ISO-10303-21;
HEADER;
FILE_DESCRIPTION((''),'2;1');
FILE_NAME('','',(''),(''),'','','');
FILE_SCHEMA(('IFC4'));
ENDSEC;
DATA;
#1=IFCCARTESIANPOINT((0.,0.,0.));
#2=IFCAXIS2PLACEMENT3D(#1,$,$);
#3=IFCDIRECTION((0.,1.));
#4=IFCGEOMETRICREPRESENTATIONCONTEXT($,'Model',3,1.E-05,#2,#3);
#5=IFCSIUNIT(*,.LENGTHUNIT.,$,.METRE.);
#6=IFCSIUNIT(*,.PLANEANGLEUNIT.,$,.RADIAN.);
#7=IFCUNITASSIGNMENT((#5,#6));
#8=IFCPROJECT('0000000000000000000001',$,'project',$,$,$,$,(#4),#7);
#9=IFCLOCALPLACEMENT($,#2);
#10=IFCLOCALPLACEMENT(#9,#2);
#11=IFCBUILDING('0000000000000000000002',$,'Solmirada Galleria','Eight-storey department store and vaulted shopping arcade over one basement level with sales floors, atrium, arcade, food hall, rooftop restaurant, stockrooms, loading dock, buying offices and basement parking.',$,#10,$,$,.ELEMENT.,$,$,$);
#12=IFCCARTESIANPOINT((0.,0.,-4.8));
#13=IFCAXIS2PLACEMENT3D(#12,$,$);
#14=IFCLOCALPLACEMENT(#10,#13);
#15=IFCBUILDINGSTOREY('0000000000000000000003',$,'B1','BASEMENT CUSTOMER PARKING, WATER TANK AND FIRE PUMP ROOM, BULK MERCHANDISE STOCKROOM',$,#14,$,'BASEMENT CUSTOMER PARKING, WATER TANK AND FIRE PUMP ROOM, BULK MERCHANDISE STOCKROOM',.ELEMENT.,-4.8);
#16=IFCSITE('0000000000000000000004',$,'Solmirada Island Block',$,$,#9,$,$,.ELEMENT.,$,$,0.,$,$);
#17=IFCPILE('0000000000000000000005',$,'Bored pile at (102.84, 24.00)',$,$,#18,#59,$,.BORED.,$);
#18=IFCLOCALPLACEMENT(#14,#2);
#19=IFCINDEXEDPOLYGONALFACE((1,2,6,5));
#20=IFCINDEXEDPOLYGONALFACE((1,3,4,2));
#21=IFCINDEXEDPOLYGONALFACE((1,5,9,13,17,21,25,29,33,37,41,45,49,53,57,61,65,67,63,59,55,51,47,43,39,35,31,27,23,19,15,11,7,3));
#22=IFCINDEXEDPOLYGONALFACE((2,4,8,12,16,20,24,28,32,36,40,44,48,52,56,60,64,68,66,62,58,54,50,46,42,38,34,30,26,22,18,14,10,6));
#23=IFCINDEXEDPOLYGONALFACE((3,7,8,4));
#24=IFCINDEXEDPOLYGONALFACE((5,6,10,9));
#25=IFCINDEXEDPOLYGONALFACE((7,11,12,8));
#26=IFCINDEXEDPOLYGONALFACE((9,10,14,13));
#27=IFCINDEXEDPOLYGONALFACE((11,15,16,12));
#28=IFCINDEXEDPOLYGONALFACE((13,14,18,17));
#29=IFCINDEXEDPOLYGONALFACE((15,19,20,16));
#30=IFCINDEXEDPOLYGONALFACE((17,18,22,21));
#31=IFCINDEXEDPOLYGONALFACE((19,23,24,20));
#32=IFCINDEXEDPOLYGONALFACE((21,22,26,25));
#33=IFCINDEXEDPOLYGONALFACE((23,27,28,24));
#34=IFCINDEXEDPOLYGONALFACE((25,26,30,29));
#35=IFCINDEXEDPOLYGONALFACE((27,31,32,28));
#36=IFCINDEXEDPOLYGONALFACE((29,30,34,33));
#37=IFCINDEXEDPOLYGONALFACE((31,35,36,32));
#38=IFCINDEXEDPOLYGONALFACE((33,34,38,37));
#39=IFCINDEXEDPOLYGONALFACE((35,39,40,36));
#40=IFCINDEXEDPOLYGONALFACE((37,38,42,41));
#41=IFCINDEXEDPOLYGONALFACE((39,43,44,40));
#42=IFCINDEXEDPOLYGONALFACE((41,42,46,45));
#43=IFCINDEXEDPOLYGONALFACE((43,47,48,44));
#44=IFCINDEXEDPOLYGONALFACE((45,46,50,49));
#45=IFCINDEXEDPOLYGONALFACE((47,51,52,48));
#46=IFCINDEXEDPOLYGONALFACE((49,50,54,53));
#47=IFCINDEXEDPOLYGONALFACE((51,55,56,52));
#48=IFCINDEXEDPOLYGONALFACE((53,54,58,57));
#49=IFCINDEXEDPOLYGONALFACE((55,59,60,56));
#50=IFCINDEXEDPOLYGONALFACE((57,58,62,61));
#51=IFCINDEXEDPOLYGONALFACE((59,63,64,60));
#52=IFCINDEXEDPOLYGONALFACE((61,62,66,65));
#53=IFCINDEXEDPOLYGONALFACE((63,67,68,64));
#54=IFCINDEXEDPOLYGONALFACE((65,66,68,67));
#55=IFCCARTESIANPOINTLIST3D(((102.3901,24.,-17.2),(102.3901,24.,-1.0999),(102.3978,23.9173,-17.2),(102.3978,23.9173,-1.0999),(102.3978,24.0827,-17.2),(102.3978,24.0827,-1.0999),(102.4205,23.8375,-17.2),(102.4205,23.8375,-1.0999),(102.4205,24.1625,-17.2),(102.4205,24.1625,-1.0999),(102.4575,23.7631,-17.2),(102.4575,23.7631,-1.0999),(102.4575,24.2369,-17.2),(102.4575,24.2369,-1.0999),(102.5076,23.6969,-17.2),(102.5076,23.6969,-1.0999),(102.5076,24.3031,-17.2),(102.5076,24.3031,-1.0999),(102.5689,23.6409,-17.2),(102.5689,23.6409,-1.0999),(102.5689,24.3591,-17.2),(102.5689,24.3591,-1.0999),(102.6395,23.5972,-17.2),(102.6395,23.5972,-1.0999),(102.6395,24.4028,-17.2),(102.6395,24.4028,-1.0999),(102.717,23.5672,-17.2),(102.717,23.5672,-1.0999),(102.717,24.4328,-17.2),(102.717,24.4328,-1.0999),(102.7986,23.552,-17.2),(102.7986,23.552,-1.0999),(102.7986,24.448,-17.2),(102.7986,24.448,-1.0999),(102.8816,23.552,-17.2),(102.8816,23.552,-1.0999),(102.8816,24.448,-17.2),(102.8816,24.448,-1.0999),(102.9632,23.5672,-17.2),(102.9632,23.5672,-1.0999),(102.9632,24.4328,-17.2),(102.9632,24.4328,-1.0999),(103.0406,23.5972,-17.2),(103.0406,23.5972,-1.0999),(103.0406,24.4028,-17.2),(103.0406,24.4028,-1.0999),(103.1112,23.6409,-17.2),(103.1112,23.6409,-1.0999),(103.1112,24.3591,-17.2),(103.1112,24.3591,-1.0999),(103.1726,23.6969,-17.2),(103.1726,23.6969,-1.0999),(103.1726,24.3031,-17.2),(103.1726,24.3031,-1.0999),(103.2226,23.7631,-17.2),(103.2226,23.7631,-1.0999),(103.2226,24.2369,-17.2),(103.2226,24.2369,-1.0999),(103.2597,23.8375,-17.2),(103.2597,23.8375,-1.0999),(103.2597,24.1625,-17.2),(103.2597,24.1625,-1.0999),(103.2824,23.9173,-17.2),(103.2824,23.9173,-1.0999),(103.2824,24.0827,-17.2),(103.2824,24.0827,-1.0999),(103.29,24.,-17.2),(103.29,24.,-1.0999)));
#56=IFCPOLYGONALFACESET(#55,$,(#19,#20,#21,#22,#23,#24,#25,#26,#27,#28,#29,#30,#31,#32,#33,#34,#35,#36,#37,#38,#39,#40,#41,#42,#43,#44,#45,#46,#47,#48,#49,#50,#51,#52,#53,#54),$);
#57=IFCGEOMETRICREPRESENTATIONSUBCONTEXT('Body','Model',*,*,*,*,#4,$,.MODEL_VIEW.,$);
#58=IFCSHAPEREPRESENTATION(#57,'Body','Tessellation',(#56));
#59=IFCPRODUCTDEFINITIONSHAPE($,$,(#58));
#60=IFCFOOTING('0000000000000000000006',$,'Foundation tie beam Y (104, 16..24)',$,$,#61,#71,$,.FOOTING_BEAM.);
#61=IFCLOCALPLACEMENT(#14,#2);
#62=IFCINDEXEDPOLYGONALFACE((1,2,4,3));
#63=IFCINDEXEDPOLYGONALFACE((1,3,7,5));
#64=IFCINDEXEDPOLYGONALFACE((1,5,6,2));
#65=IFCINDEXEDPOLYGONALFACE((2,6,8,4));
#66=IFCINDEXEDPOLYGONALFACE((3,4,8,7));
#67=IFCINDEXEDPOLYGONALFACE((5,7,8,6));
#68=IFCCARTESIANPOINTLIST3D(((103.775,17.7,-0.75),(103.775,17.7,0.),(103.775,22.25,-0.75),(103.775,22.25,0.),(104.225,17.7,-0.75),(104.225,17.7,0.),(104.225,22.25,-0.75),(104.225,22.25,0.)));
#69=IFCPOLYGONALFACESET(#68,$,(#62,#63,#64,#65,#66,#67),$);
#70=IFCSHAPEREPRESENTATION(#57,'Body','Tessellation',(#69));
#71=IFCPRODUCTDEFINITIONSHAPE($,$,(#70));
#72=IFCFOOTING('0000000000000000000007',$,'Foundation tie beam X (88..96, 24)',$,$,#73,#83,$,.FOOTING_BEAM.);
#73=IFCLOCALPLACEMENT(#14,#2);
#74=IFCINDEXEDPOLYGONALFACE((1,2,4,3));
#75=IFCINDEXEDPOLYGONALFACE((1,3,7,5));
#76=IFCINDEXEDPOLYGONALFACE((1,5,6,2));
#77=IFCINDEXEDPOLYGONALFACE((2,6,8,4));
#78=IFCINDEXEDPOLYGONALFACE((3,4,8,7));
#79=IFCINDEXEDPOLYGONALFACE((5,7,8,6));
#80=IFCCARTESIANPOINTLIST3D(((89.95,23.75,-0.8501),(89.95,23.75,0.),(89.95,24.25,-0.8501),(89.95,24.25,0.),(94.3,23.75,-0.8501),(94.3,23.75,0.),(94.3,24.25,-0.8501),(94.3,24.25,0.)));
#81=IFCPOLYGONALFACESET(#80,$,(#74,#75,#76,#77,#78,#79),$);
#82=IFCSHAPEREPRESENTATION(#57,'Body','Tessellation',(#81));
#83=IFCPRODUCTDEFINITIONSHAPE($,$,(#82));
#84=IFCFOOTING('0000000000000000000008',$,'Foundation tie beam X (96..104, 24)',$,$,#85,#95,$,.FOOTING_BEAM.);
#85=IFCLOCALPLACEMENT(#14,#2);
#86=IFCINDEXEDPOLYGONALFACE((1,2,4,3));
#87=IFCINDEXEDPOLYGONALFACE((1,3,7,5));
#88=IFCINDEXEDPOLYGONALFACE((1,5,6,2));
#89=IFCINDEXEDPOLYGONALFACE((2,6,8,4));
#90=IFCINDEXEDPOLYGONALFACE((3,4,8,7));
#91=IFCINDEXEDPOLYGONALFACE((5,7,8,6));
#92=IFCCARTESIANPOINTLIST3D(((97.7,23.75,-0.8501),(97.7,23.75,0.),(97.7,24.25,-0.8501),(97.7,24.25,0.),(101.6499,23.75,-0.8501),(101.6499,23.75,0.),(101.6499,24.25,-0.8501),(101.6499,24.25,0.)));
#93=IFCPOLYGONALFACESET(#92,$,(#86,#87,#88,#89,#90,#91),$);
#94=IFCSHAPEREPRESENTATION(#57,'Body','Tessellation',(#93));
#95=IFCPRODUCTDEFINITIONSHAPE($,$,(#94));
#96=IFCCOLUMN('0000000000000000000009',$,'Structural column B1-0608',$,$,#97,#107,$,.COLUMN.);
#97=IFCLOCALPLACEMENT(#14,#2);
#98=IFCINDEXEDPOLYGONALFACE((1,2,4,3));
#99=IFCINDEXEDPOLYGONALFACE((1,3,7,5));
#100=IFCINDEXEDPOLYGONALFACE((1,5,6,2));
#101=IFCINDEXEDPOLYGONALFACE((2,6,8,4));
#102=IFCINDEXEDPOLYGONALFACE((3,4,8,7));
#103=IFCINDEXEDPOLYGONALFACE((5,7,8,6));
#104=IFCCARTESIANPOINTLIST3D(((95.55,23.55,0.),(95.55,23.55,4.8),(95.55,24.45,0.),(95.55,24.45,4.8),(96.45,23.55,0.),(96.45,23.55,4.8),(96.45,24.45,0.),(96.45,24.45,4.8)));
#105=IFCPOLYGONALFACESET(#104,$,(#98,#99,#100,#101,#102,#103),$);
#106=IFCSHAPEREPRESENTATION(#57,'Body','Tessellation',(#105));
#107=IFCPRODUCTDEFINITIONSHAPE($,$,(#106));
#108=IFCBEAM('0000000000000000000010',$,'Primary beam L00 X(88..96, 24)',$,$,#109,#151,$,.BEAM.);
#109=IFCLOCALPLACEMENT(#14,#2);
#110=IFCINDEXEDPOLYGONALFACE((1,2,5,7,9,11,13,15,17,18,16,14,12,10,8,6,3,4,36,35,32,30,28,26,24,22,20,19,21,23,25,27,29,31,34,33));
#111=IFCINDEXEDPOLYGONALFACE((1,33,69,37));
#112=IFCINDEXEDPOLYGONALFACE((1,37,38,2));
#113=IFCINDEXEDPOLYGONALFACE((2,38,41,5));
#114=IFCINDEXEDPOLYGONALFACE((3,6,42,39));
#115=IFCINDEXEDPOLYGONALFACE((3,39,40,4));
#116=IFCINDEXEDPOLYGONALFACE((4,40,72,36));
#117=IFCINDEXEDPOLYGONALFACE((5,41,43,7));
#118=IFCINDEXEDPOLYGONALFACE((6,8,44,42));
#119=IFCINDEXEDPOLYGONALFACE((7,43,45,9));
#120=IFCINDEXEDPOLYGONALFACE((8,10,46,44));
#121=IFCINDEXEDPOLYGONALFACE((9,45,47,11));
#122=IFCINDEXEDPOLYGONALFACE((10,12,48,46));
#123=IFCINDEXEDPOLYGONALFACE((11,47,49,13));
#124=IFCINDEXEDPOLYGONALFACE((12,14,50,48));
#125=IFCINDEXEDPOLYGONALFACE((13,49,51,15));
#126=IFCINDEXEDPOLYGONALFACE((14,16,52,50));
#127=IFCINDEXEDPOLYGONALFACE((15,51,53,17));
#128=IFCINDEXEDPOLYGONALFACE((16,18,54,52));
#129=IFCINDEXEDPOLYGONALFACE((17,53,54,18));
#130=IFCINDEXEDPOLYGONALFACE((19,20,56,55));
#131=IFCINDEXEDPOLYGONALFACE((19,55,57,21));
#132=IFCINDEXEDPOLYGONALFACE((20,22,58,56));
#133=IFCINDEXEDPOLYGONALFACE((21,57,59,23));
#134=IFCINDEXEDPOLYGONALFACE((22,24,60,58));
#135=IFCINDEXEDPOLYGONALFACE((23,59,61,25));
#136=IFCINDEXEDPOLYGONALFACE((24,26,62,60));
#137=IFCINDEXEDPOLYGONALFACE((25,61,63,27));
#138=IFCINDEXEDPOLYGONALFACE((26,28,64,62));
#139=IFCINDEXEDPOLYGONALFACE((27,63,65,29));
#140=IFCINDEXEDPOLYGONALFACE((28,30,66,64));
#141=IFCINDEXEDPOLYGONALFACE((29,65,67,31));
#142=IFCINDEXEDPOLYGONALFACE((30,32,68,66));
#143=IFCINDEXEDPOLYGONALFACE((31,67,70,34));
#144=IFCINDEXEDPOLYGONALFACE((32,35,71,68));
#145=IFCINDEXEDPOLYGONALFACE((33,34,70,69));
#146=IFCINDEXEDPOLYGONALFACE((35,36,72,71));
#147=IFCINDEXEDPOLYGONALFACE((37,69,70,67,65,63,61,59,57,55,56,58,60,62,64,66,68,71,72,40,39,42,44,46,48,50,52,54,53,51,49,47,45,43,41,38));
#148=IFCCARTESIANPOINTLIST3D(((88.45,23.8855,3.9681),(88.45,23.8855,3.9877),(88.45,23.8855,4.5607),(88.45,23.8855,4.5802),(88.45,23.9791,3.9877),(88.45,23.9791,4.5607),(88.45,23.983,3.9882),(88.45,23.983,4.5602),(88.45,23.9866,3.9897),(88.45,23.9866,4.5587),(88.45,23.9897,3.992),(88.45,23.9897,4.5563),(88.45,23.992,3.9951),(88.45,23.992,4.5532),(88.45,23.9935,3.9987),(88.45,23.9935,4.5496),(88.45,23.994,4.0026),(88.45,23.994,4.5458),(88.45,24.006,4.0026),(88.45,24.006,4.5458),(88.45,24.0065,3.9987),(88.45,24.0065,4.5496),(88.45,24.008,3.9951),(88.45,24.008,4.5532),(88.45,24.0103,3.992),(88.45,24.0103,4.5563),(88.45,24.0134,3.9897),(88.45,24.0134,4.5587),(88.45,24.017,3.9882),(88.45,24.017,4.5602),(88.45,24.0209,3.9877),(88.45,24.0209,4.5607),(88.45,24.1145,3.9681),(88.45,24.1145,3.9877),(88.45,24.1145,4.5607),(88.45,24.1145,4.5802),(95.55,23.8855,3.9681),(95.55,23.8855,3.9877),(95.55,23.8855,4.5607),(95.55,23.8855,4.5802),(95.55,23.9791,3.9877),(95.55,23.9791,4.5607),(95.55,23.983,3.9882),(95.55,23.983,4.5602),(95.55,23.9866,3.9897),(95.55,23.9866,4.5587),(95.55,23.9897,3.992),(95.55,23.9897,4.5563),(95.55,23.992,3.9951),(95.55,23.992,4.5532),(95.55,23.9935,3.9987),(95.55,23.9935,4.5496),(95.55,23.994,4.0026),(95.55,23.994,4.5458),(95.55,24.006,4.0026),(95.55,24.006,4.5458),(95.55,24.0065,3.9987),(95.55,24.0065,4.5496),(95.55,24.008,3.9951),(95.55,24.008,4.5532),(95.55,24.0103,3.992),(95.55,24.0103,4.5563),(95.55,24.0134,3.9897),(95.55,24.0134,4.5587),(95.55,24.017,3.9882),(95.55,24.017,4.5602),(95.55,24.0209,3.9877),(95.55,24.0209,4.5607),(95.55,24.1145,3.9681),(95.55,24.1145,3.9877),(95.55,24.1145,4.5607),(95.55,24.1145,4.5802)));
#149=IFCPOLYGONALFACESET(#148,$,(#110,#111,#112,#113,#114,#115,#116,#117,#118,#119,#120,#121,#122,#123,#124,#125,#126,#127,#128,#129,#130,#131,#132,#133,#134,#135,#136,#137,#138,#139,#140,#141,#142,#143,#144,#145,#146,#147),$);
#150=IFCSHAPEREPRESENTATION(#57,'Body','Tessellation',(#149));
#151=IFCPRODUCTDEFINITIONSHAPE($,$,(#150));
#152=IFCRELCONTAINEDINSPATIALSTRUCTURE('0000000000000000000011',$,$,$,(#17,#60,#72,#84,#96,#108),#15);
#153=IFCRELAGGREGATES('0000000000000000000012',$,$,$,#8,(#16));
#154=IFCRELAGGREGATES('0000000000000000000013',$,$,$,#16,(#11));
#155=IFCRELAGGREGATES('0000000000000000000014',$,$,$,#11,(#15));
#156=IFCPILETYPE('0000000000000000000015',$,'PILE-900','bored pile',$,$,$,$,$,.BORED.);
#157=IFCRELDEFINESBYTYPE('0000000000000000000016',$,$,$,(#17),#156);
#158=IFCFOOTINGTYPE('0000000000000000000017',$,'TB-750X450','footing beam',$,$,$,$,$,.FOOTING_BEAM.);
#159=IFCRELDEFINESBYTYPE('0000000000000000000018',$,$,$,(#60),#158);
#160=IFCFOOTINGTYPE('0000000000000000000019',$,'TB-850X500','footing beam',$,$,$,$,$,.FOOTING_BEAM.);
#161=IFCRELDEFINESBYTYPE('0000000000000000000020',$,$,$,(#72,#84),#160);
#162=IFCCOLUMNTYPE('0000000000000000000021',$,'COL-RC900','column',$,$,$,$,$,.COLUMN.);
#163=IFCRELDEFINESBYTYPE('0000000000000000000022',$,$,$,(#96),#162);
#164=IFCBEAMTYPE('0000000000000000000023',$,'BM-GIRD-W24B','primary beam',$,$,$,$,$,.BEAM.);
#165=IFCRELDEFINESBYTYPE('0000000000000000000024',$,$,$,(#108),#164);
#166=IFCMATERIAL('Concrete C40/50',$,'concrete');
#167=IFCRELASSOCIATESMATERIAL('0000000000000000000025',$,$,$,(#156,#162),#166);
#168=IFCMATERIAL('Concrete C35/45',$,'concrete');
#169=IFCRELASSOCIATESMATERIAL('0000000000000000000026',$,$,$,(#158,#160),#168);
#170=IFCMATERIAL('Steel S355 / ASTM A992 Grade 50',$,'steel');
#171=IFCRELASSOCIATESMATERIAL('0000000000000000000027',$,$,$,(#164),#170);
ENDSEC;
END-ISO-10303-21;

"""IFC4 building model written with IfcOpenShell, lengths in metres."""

from ifc_helpers import new_model, si_unit, direction, frame, origin, origin_2d, place, context, subcontext, project, spatial, rectangle, circle, i_section, extrude, material, material_profile, profile_set, type_object, element, save


model = new_model("IFC4")

# Units and contexts
model_context = context("Model", 3, precision=1e-05, world=origin(), true_north=direction((0.0, 1.0)))
body_context = subcontext(model_context, "Body", "Model", "MODEL_VIEW")
ifc_project = project(units=[si_unit("LENGTHUNIT", "METRE"), si_unit("PLANEANGLEUNIT", "RADIAN")], contexts=[model_context])

# Site, building, storey
site_placement = place(None, origin())
site = spatial("IfcSite", under=ifc_project, at=site_placement, Name="Solmirada Island Block", CompositionType="ELEMENT", RefElevation=0.0)
building_placement = place(site_placement, origin())
building = spatial("IfcBuilding", under=site, at=building_placement, Name="Solmirada Galleria", Description="Eight-storey department store and vaulted shopping arcade over one basement level with sales floors, atrium, arcade, food hall, rooftop restaurant, stockrooms, loading dock, buying offices and basement parking.", CompositionType="ELEMENT")
storey_placement = place(building_placement, frame((0.0, 0.0, -4.8)))
storey = spatial("IfcBuildingStorey", under=building, at=storey_placement, Name="B1", Description="BASEMENT CUSTOMER PARKING, WATER TANK AND FIRE PUMP ROOM, BULK MERCHANDISE STOCKROOM", LongName="BASEMENT CUSTOMER PARKING, WATER TANK AND FIRE PUMP ROOM, BULK MERCHANDISE STOCKROOM", CompositionType="ELEMENT", Elevation=-4.8)

# Shared definitions
ifc_material_1 = material(Name="Concrete C35/45", Category="concrete")

# Pile
ifc_material_2 = material(Name="Concrete C40/50", Category="concrete")
ifc_material_profile_1 = material_profile(ifc_material_2, circle(Radius=0.45, at=origin_2d()), Name="PILE900")
ifc_profile_set_1 = profile_set([ifc_material_profile_1], Name="Concrete C40/50")
pile_type = type_object("IfcPileType", Name="PILE-900", Description="bored pile", PredefinedType="BORED", material=ifc_profile_set_1)
pile_placement = place(storey_placement, frame((102.8401, 24.0, -1.0999), z_axis=(0.0, 0.0, -1.0), x_axis=(1.0, 0.0, 0.0)))
element("IfcPile", 1, at=pile_placement, inside=storey, type_object=pile_type, Name="Bored pile at (102.84, 24.00)", PredefinedType="BORED", context=body_context, shape_type="SweptSolid", body=[
    extrude(circle(Radius=0.45, at=origin_2d()), origin(), (0.0, 0.0, 1.0), 16.1001),
])

# Footings
ifc_material_profile_2 = material_profile(ifc_material_1, rectangle(XDim=0.45, YDim=0.75, at=origin_2d()), Name="RC750X450")
ifc_profile_set_2 = profile_set([ifc_material_profile_2], Name="Concrete C35/45")
footing_type_1 = type_object("IfcFootingType", Name="TB-750X450", Description="footing beam", PredefinedType="FOOTING_BEAM", material=ifc_profile_set_2)
footing_1_placement = place(storey_placement, frame((104.0, 17.7, -0.375), z_axis=(0.0, 1.0, 0.0), x_axis=(-1.0, 0.0, 0.0)))
element("IfcFooting", 2, at=footing_1_placement, inside=storey, type_object=footing_type_1, Name="Foundation tie beam Y (104, 16..24)", PredefinedType="FOOTING_BEAM", context=body_context, shape_type="SweptSolid", body=[
    extrude(rectangle(XDim=0.45, YDim=0.75, at=origin_2d()), origin(), (0.0, 0.0, 1.0), 4.55),
])
ifc_material_profile_3 = material_profile(ifc_material_1, rectangle(XDim=0.5, YDim=0.8501, at=origin_2d()), Name="RC850X500")
ifc_profile_set_3 = profile_set([ifc_material_profile_3], Name="Concrete C35/45")
footing_type_2 = type_object("IfcFootingType", Name="TB-850X500", Description="footing beam", PredefinedType="FOOTING_BEAM", material=ifc_profile_set_3)
footing_2_placement = place(storey_placement, frame((89.95, 24.0, -0.425), z_axis=(1.0, 0.0, 0.0), x_axis=(0.0, 1.0, 0.0)))
element("IfcFooting", 3, at=footing_2_placement, inside=storey, type_object=footing_type_2, Name="Foundation tie beam X (88..96, 24)", PredefinedType="FOOTING_BEAM", context=body_context, shape_type="SweptSolid", body=[
    extrude(rectangle(XDim=0.5, YDim=0.8501, at=origin_2d()), origin(), (0.0, 0.0, 1.0), 4.3501),
])
footing_3_placement = place(storey_placement, frame((97.7, 24.0, -0.425), z_axis=(1.0, 0.0, 0.0), x_axis=(0.0, 1.0, 0.0)))
element("IfcFooting", 4, at=footing_3_placement, inside=storey, type_object=footing_type_2, Name="Foundation tie beam X (96..104, 24)", PredefinedType="FOOTING_BEAM", context=body_context, shape_type="SweptSolid", body=[
    extrude(rectangle(XDim=0.5, YDim=0.8501, at=origin_2d()), origin(), (0.0, 0.0, 1.0), 3.95),
])

# Column
ifc_material_profile_4 = material_profile(ifc_material_2, rectangle(XDim=0.8999, YDim=0.8999, at=origin_2d()), Name="RC900X900")
ifc_profile_set_4 = profile_set([ifc_material_profile_4], Name="Concrete C40/50")
column_type = type_object("IfcColumnType", Name="COL-RC900", Description="column", PredefinedType="COLUMN", material=ifc_profile_set_4)
column_placement = place(storey_placement, frame((96.0, 24.0, 0.0), z_axis=(0.0, 0.0, 1.0), x_axis=(1.0, 0.0, 0.0)))
element("IfcColumn", 5, at=column_placement, inside=storey, type_object=column_type, Name="Structural column B1-0608", PredefinedType="COLUMN", context=body_context, shape_type="SweptSolid", body=[
    extrude(rectangle(XDim=0.8999, YDim=0.8999, at=origin_2d()), origin(), (0.0, 0.0, 1.0), 4.8),
])

# Beam
ifc_material_3 = material(Name="Steel S355 / ASTM A992 Grade 50", Category="steel")
ifc_material_profile_5 = material_profile(ifc_material_3, i_section(OverallWidth=0.229, OverallDepth=0.6121, WebThickness=0.012, FlangeThickness=0.0195, FilletRadius=0.0149, at=origin_2d()), Name="W24X84")
ifc_profile_set_5 = profile_set([ifc_material_profile_5], Name="Steel S355 / ASTM A992 Grade 50")
beam_type_1 = type_object("IfcBeamType", Name="BM-GIRD-W24B", Description="primary beam", PredefinedType="BEAM", material=ifc_profile_set_5)
beam_1_placement = place(storey_placement, frame((88.45, 24.0, 4.2742), z_axis=(1.0, 0.0, 0.0), x_axis=(0.0, 1.0, 0.0)))
element("IfcBeam", 6, at=beam_1_placement, inside=storey, type_object=beam_type_1, Name="Primary beam L00 X(88..96, 24)", PredefinedType="BEAM", context=body_context, shape_type="SweptSolid", body=[
    extrude(i_section(OverallWidth=0.229, OverallDepth=0.6121, WebThickness=0.012, FlangeThickness=0.0195, FilletRadius=0.0149, at=origin_2d()), origin(), (0.0, 0.0, 1.0), 7.1001),
])

save(model, "model.ifc")
